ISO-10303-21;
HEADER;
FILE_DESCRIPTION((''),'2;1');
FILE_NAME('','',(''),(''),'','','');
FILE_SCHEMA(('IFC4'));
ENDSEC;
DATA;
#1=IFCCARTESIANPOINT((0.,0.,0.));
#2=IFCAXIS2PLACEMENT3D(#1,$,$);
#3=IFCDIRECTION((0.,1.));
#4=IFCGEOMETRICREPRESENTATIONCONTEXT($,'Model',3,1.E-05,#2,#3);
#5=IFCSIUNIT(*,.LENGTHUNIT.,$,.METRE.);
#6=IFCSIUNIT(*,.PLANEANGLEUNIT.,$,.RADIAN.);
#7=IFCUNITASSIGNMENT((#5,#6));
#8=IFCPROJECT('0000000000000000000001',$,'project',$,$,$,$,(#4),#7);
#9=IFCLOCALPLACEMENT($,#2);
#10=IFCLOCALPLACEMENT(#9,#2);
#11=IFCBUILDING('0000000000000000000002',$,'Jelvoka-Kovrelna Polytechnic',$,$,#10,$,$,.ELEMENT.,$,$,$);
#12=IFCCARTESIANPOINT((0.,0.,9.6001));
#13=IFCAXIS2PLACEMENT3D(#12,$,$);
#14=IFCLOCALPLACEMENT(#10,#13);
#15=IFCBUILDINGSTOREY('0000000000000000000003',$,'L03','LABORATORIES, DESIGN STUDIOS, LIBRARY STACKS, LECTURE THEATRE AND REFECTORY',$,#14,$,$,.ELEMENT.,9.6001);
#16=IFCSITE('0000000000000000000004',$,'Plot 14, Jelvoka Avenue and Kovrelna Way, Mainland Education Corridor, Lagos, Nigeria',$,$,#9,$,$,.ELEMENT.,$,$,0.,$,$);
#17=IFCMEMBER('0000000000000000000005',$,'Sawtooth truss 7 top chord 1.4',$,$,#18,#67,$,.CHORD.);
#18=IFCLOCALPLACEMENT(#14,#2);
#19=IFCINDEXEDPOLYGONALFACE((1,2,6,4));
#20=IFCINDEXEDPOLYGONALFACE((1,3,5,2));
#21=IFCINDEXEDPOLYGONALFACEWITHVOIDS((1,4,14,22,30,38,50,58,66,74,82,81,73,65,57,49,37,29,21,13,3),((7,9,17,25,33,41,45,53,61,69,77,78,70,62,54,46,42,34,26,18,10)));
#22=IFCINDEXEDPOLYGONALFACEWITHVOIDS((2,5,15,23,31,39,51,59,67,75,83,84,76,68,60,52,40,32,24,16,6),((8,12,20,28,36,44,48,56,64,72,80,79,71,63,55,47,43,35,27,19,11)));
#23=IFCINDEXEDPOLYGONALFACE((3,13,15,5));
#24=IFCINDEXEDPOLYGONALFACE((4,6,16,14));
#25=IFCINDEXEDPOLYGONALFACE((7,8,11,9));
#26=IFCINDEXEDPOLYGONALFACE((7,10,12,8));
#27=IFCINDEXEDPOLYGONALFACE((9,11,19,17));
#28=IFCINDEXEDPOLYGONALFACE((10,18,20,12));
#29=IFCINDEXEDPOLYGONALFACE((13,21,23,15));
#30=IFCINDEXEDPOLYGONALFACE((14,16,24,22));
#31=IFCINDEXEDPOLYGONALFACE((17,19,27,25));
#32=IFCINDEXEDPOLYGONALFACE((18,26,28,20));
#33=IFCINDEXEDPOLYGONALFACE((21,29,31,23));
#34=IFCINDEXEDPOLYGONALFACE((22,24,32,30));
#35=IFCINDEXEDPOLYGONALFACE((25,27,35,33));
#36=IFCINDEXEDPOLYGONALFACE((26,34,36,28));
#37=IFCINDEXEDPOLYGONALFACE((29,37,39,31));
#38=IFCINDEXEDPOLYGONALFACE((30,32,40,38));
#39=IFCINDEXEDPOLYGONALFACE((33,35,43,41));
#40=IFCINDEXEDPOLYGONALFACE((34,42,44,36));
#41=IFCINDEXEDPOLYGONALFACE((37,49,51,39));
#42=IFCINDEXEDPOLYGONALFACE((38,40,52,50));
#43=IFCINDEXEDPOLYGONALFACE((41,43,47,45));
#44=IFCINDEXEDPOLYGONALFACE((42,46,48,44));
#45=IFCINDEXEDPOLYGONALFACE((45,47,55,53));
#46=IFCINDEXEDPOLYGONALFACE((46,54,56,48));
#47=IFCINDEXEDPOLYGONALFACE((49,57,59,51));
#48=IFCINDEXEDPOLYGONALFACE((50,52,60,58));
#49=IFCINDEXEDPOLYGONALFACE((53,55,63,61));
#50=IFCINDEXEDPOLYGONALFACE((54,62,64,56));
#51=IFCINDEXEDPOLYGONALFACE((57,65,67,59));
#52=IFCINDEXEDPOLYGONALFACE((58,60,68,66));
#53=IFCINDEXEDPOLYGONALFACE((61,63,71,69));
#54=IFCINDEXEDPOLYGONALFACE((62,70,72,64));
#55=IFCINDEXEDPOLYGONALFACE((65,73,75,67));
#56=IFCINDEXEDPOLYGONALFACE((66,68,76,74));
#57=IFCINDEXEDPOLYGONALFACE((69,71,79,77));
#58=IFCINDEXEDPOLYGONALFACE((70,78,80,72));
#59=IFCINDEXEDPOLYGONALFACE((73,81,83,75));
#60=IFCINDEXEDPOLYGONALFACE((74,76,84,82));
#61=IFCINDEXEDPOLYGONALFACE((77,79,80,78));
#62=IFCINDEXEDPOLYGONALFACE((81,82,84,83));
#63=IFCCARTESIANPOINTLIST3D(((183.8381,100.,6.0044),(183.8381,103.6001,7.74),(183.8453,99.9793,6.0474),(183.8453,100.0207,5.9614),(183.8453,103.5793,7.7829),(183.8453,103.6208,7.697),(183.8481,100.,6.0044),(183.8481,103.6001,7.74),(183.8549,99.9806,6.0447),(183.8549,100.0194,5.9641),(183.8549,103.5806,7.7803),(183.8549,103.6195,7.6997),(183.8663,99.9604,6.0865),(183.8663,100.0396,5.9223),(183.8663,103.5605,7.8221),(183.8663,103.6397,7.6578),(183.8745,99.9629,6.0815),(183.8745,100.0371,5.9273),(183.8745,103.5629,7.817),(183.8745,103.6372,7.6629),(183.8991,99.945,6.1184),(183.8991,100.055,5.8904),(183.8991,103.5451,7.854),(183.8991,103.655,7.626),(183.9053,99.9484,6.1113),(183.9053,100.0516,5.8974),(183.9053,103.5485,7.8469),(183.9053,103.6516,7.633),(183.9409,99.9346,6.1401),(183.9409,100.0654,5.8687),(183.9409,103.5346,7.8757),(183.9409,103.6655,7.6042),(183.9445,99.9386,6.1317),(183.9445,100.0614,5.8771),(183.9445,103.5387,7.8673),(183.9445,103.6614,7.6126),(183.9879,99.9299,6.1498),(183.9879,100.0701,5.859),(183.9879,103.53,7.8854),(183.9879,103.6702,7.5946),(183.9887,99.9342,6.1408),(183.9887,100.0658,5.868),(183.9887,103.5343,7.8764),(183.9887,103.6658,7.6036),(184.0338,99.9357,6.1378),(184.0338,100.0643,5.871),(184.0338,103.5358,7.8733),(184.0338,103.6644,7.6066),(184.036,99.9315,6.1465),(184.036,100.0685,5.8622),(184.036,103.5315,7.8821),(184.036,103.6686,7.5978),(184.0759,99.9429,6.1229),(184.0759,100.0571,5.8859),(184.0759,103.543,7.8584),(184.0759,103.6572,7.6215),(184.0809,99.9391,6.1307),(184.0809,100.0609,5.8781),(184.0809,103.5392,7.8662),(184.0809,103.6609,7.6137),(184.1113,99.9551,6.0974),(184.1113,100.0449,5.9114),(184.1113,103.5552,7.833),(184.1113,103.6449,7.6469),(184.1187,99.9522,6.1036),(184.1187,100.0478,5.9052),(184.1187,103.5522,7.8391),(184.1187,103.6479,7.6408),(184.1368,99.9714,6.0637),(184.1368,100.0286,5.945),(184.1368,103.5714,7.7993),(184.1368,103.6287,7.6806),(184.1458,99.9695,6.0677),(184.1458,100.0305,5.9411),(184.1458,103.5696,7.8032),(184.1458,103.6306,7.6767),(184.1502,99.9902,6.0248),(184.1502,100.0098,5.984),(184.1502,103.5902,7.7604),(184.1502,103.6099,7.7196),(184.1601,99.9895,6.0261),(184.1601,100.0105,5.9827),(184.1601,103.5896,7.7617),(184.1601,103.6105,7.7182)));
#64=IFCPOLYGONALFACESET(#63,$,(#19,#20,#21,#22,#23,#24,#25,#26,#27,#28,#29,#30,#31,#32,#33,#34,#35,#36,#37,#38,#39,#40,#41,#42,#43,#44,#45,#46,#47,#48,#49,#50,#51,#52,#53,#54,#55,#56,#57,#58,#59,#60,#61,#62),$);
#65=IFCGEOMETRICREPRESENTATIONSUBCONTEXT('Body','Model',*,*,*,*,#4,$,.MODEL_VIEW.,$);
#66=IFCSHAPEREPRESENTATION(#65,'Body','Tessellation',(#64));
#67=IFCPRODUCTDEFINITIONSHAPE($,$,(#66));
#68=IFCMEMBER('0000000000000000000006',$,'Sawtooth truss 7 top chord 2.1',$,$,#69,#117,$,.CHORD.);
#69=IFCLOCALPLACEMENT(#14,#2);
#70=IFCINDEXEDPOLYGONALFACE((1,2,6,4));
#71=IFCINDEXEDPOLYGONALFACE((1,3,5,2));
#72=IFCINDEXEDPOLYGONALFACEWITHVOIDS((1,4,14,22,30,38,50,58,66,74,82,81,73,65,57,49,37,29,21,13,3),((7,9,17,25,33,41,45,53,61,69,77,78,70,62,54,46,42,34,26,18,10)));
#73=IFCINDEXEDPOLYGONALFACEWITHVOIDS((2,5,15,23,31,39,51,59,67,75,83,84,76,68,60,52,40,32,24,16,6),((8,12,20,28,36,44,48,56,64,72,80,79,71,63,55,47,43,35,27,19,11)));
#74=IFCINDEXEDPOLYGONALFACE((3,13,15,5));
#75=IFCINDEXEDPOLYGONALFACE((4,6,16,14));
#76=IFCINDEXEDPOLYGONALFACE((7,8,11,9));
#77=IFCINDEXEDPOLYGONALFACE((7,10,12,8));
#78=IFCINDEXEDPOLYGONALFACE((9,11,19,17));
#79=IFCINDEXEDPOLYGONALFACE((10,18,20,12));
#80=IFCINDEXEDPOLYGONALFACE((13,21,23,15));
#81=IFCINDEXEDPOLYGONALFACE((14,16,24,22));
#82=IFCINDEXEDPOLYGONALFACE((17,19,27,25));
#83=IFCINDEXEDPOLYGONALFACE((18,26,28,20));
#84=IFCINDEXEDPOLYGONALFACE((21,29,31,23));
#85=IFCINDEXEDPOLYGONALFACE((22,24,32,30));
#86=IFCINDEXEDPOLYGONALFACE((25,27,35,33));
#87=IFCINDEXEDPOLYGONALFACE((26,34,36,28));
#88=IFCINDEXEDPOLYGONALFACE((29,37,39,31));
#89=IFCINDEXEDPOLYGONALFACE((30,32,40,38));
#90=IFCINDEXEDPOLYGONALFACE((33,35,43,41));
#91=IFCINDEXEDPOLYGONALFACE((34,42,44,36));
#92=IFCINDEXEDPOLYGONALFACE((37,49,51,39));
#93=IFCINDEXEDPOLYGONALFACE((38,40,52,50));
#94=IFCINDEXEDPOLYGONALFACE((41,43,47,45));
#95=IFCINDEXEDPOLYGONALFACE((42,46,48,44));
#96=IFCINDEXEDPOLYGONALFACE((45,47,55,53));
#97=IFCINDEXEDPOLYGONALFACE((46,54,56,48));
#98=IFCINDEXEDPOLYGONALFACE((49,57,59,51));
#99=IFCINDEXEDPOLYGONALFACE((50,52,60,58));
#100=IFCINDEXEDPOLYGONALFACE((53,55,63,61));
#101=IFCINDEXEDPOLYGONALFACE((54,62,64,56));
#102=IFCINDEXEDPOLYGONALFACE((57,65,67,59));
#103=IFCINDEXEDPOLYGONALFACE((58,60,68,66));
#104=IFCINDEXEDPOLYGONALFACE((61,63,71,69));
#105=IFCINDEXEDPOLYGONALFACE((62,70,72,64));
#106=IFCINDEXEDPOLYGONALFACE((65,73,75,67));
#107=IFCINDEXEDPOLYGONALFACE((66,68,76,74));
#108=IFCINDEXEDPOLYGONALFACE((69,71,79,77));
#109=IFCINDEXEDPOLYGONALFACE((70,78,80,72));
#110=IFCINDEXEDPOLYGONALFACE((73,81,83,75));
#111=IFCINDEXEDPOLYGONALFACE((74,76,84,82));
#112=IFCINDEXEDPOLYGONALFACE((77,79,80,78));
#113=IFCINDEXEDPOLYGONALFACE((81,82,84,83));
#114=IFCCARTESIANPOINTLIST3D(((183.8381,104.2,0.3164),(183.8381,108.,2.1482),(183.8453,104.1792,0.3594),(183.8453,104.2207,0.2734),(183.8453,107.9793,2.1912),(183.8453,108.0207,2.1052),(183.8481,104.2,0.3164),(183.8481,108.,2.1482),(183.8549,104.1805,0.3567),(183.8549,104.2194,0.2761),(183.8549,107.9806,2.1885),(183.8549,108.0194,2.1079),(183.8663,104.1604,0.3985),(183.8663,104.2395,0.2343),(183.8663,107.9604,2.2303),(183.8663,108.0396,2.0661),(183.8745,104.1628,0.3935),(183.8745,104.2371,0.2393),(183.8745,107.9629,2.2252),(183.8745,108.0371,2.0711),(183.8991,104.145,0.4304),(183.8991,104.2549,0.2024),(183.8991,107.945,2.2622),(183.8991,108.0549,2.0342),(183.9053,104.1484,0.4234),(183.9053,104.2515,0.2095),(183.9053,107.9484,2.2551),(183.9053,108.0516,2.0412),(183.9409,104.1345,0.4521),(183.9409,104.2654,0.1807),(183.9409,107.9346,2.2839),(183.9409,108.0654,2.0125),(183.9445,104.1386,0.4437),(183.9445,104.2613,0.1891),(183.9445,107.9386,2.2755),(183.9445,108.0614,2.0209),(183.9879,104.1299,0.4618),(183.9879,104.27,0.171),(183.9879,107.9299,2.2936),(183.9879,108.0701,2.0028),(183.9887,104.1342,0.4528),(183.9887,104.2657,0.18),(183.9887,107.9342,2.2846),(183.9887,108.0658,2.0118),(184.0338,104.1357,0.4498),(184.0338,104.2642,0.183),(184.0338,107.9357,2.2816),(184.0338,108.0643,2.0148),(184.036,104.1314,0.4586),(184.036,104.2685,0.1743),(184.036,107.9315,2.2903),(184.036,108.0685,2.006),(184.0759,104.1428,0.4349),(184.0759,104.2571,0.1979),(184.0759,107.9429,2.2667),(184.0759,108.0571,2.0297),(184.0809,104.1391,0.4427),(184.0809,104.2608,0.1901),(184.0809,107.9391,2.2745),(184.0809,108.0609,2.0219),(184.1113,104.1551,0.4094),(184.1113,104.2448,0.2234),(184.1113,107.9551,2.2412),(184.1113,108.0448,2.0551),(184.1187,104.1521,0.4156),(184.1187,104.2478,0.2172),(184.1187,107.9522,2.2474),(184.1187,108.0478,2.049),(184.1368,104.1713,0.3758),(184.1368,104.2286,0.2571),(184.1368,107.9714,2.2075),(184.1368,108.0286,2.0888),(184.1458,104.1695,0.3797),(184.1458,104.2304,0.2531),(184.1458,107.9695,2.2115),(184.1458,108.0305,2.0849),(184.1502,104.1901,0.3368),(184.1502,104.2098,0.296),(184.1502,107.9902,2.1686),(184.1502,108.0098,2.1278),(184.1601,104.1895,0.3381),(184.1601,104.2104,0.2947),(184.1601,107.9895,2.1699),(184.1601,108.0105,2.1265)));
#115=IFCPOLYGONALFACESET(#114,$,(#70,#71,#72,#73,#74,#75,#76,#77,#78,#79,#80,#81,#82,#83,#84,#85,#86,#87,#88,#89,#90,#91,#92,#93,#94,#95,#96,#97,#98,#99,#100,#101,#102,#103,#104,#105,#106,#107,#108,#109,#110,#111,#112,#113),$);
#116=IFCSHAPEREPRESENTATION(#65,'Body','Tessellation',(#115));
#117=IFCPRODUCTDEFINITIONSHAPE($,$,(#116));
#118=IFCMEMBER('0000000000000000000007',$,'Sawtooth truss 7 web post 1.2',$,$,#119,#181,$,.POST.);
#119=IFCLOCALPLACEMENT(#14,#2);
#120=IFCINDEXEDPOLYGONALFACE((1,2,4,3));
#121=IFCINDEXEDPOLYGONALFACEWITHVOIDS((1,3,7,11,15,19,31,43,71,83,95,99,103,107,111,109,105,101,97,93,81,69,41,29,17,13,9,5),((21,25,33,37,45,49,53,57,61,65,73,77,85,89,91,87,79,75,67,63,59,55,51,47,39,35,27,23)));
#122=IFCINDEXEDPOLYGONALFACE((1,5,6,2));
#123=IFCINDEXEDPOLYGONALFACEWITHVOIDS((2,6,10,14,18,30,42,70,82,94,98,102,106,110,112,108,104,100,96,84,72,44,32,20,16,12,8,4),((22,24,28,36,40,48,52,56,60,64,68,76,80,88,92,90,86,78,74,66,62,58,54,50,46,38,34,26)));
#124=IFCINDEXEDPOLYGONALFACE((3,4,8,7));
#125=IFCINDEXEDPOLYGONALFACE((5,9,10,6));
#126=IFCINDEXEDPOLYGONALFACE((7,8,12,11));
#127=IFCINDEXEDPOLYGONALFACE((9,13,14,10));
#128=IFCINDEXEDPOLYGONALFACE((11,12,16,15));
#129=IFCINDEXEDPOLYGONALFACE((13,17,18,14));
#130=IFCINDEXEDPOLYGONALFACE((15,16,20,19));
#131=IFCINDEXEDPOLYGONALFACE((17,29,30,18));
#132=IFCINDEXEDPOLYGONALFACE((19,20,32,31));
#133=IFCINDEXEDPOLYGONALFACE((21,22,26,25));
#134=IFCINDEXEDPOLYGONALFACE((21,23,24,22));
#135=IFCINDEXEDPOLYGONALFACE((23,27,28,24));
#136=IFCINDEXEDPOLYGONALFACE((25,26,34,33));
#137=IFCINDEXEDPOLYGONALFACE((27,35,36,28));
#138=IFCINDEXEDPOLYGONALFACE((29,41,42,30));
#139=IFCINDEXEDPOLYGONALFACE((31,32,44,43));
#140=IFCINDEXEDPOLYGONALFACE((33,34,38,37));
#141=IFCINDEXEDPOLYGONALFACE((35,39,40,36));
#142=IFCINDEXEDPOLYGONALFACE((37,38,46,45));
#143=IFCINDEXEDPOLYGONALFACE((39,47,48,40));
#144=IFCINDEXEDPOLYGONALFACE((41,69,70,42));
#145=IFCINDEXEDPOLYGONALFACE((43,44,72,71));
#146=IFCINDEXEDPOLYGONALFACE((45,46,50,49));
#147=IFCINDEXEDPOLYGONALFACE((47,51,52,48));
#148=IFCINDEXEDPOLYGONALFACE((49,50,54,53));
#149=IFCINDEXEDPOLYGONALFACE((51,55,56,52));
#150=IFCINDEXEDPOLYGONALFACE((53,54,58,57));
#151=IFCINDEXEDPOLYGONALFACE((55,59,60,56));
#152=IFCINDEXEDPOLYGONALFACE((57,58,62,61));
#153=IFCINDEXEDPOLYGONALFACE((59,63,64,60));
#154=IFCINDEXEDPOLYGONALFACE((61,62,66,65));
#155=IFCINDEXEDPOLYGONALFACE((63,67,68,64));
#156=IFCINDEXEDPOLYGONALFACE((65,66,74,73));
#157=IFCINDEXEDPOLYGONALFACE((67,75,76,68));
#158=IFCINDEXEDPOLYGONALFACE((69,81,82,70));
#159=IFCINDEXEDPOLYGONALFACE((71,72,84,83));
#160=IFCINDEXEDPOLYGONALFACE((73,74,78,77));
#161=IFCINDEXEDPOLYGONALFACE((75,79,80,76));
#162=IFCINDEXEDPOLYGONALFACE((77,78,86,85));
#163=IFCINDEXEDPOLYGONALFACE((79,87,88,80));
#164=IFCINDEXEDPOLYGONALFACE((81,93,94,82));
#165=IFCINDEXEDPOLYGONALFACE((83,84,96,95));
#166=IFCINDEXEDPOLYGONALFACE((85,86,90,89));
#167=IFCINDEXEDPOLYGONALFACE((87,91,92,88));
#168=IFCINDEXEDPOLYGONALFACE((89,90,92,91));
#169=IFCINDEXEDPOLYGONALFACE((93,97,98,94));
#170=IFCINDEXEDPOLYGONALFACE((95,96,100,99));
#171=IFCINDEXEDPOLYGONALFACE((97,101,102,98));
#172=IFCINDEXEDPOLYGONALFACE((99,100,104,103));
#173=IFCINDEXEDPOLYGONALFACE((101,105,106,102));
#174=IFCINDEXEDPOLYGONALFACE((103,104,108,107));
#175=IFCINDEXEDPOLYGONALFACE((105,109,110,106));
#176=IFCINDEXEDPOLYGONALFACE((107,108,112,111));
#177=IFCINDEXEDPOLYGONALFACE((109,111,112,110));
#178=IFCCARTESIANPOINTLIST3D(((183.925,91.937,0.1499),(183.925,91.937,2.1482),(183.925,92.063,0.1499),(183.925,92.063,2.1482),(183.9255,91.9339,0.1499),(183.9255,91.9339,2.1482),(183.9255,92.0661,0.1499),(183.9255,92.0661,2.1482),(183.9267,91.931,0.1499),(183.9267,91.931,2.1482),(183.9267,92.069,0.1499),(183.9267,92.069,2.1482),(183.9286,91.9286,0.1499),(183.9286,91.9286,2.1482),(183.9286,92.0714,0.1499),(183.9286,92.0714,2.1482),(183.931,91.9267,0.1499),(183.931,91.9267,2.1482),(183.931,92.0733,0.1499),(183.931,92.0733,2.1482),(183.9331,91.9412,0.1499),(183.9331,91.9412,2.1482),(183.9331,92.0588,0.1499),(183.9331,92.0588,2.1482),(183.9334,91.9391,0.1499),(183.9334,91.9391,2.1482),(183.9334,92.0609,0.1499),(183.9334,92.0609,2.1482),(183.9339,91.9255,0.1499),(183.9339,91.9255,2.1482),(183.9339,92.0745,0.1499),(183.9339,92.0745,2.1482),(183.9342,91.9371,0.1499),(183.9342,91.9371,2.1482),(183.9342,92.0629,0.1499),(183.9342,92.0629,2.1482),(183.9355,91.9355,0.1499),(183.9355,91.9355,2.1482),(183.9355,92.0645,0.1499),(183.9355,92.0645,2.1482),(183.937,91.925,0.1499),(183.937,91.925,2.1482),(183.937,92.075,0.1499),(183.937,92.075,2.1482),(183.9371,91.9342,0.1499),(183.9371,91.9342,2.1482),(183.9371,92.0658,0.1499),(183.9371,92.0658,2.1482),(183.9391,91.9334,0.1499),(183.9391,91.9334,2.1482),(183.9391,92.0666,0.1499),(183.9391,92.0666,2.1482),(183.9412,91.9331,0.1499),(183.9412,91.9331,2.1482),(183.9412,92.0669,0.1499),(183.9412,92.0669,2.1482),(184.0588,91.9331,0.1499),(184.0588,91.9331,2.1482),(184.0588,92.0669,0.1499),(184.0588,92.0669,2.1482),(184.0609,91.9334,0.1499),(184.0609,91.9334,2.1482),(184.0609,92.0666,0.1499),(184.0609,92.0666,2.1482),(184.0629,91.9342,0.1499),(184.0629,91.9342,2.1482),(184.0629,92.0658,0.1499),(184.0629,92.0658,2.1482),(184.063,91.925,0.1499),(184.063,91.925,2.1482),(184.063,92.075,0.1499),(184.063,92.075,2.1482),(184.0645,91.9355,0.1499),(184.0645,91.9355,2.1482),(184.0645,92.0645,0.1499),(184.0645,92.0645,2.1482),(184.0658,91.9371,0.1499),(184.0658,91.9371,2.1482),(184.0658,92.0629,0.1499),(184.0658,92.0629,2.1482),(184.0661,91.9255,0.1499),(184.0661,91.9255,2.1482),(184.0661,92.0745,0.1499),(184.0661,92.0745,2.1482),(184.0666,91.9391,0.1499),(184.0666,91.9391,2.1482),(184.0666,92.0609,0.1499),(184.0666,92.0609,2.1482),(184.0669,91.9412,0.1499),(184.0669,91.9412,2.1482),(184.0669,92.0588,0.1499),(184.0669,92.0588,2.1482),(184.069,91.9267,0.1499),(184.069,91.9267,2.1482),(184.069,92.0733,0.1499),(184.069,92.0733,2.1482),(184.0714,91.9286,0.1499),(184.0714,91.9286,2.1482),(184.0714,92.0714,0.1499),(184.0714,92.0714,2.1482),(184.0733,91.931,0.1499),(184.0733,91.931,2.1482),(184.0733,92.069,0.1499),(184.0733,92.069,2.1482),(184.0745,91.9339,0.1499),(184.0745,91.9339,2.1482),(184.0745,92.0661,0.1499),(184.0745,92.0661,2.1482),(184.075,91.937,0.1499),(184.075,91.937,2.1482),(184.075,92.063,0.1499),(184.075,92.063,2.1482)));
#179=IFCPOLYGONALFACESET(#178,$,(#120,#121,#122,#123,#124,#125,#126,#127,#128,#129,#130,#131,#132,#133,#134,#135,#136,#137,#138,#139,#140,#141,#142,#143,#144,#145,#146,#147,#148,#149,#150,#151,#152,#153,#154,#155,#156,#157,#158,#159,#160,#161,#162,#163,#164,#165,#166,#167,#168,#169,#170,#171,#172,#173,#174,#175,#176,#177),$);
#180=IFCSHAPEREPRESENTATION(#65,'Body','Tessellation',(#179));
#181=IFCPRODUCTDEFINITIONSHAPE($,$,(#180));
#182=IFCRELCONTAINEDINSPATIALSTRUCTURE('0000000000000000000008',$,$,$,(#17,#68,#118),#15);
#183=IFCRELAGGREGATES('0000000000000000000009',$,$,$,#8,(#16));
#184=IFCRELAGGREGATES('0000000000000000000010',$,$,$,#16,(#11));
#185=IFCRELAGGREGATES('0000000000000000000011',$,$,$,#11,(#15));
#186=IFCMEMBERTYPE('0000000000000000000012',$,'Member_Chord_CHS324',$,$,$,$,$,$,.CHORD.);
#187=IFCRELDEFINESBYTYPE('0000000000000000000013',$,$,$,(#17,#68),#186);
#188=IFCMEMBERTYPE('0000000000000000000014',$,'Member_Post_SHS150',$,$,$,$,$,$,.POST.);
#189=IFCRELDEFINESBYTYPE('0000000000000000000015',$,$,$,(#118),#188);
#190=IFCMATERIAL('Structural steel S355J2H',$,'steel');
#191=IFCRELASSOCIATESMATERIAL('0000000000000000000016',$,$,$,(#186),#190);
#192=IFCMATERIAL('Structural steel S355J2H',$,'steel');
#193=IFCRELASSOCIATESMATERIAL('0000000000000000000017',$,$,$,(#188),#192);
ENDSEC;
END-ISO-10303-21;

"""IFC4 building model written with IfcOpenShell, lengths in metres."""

from ifc_helpers import new_model, si_unit, direction, frame, origin, origin_2d, place, context, subcontext, project, spatial, hollow_rectangle, hollow_circle, extrude, material, material_profile, profile_set, type_object, element, save


model = new_model("IFC4")

# Units and contexts
model_context = context("Model", 3, precision=1e-05, world=origin(), true_north=direction((0.0, 1.0)))
body_context = subcontext(model_context, "Body", "Model", "MODEL_VIEW")
ifc_project = project(units=[si_unit("LENGTHUNIT", "METRE"), si_unit("PLANEANGLEUNIT", "RADIAN")], contexts=[model_context])

# Site, building, storey
site_placement = place(None, origin())
site = spatial("IfcSite", under=ifc_project, at=site_placement, Name="Plot 14, Jelvoka Avenue and Kovrelna Way, Mainland Education Corridor, Lagos, Nigeria", CompositionType="ELEMENT", RefElevation=0.0)
building_placement = place(site_placement, origin())
building = spatial("IfcBuilding", under=site, at=building_placement, Name="Jelvoka-Kovrelna Polytechnic", CompositionType="ELEMENT")
storey_placement = place(building_placement, frame((0.0, 0.0, 9.6001)))
storey = spatial("IfcBuildingStorey", under=building, at=storey_placement, Name="L03", Description="LABORATORIES, DESIGN STUDIOS, LIBRARY STACKS, LECTURE THEATRE AND REFECTORY", CompositionType="ELEMENT", Elevation=9.6001)

# Members
ifc_material_1 = material(Name="Structural steel S355J2H", Category="steel")
ifc_material_profile_1 = material_profile(ifc_material_1, hollow_circle(Radius=0.1619, WallThickness=0.01, at=origin_2d()), Name="323.9x10.0 CHS")
ifc_profile_set_1 = profile_set([ifc_material_profile_1], Name="Structural steel S355J2H")
member_type_1 = type_object("IfcMemberType", Name="Member_Chord_CHS324", PredefinedType="CHORD", material=ifc_profile_set_1)
member_1_placement = place(storey_placement, frame((184.0, 100.0, 6.0044), z_axis=(0.0, 0.900785, 0.434266), x_axis=(-1.0, 0.0, 0.0)))
element("IfcMember", 1, at=member_1_placement, inside=storey, type_object=member_type_1, Name="Sawtooth truss 7 top chord 1.4", PredefinedType="CHORD", context=body_context, shape_type="SweptSolid", body=[
    extrude(hollow_circle(Radius=0.1619, WallThickness=0.01, at=origin_2d()), origin(), (0.0, 0.0, 1.0), 3.9966),
])
member_2_placement = place(storey_placement, frame((184.0, 104.2, 0.3164), z_axis=(0.0, 0.900804, 0.434226), x_axis=(-1.0, 0.0, 0.0)))
element("IfcMember", 2, at=member_2_placement, inside=storey, type_object=member_type_1, Name="Sawtooth truss 7 top chord 2.1", PredefinedType="CHORD", context=body_context, shape_type="SweptSolid", body=[
    extrude(hollow_circle(Radius=0.1619, WallThickness=0.01, at=origin_2d()), origin(), (0.0, 0.0, 1.0), 4.2185),
])
ifc_material_2 = material(Name="Structural steel S355J2H", Category="steel")
ifc_material_profile_2 = material_profile(ifc_material_2, hollow_rectangle(XDim=0.1499, YDim=0.1499, WallThickness=0.0081, InnerFilletRadius=0.0081, OuterFilletRadius=0.012, at=origin_2d()), Name="150x150x8.0 SHS")
ifc_profile_set_2 = profile_set([ifc_material_profile_2], Name="Structural steel S355J2H")
member_type_2 = type_object("IfcMemberType", Name="Member_Post_SHS150", PredefinedType="POST", material=ifc_profile_set_2)
member_3_placement = place(storey_placement, frame((184.0, 92.0, 0.1499), z_axis=(0.0, 0.0, 1.0), x_axis=(1.0, 0.0, 0.0)))
element("IfcMember", 3, at=member_3_placement, inside=storey, type_object=member_type_2, Name="Sawtooth truss 7 web post 1.2", PredefinedType="POST", context=body_context, shape_type="SweptSolid", body=[
    extrude(hollow_rectangle(XDim=0.1499, YDim=0.1499, WallThickness=0.0081, InnerFilletRadius=0.0081, OuterFilletRadius=0.012, at=origin_2d()), origin(), (0.0, 0.0, 1.0), 1.9983),
])

save(model, "model.ifc")
